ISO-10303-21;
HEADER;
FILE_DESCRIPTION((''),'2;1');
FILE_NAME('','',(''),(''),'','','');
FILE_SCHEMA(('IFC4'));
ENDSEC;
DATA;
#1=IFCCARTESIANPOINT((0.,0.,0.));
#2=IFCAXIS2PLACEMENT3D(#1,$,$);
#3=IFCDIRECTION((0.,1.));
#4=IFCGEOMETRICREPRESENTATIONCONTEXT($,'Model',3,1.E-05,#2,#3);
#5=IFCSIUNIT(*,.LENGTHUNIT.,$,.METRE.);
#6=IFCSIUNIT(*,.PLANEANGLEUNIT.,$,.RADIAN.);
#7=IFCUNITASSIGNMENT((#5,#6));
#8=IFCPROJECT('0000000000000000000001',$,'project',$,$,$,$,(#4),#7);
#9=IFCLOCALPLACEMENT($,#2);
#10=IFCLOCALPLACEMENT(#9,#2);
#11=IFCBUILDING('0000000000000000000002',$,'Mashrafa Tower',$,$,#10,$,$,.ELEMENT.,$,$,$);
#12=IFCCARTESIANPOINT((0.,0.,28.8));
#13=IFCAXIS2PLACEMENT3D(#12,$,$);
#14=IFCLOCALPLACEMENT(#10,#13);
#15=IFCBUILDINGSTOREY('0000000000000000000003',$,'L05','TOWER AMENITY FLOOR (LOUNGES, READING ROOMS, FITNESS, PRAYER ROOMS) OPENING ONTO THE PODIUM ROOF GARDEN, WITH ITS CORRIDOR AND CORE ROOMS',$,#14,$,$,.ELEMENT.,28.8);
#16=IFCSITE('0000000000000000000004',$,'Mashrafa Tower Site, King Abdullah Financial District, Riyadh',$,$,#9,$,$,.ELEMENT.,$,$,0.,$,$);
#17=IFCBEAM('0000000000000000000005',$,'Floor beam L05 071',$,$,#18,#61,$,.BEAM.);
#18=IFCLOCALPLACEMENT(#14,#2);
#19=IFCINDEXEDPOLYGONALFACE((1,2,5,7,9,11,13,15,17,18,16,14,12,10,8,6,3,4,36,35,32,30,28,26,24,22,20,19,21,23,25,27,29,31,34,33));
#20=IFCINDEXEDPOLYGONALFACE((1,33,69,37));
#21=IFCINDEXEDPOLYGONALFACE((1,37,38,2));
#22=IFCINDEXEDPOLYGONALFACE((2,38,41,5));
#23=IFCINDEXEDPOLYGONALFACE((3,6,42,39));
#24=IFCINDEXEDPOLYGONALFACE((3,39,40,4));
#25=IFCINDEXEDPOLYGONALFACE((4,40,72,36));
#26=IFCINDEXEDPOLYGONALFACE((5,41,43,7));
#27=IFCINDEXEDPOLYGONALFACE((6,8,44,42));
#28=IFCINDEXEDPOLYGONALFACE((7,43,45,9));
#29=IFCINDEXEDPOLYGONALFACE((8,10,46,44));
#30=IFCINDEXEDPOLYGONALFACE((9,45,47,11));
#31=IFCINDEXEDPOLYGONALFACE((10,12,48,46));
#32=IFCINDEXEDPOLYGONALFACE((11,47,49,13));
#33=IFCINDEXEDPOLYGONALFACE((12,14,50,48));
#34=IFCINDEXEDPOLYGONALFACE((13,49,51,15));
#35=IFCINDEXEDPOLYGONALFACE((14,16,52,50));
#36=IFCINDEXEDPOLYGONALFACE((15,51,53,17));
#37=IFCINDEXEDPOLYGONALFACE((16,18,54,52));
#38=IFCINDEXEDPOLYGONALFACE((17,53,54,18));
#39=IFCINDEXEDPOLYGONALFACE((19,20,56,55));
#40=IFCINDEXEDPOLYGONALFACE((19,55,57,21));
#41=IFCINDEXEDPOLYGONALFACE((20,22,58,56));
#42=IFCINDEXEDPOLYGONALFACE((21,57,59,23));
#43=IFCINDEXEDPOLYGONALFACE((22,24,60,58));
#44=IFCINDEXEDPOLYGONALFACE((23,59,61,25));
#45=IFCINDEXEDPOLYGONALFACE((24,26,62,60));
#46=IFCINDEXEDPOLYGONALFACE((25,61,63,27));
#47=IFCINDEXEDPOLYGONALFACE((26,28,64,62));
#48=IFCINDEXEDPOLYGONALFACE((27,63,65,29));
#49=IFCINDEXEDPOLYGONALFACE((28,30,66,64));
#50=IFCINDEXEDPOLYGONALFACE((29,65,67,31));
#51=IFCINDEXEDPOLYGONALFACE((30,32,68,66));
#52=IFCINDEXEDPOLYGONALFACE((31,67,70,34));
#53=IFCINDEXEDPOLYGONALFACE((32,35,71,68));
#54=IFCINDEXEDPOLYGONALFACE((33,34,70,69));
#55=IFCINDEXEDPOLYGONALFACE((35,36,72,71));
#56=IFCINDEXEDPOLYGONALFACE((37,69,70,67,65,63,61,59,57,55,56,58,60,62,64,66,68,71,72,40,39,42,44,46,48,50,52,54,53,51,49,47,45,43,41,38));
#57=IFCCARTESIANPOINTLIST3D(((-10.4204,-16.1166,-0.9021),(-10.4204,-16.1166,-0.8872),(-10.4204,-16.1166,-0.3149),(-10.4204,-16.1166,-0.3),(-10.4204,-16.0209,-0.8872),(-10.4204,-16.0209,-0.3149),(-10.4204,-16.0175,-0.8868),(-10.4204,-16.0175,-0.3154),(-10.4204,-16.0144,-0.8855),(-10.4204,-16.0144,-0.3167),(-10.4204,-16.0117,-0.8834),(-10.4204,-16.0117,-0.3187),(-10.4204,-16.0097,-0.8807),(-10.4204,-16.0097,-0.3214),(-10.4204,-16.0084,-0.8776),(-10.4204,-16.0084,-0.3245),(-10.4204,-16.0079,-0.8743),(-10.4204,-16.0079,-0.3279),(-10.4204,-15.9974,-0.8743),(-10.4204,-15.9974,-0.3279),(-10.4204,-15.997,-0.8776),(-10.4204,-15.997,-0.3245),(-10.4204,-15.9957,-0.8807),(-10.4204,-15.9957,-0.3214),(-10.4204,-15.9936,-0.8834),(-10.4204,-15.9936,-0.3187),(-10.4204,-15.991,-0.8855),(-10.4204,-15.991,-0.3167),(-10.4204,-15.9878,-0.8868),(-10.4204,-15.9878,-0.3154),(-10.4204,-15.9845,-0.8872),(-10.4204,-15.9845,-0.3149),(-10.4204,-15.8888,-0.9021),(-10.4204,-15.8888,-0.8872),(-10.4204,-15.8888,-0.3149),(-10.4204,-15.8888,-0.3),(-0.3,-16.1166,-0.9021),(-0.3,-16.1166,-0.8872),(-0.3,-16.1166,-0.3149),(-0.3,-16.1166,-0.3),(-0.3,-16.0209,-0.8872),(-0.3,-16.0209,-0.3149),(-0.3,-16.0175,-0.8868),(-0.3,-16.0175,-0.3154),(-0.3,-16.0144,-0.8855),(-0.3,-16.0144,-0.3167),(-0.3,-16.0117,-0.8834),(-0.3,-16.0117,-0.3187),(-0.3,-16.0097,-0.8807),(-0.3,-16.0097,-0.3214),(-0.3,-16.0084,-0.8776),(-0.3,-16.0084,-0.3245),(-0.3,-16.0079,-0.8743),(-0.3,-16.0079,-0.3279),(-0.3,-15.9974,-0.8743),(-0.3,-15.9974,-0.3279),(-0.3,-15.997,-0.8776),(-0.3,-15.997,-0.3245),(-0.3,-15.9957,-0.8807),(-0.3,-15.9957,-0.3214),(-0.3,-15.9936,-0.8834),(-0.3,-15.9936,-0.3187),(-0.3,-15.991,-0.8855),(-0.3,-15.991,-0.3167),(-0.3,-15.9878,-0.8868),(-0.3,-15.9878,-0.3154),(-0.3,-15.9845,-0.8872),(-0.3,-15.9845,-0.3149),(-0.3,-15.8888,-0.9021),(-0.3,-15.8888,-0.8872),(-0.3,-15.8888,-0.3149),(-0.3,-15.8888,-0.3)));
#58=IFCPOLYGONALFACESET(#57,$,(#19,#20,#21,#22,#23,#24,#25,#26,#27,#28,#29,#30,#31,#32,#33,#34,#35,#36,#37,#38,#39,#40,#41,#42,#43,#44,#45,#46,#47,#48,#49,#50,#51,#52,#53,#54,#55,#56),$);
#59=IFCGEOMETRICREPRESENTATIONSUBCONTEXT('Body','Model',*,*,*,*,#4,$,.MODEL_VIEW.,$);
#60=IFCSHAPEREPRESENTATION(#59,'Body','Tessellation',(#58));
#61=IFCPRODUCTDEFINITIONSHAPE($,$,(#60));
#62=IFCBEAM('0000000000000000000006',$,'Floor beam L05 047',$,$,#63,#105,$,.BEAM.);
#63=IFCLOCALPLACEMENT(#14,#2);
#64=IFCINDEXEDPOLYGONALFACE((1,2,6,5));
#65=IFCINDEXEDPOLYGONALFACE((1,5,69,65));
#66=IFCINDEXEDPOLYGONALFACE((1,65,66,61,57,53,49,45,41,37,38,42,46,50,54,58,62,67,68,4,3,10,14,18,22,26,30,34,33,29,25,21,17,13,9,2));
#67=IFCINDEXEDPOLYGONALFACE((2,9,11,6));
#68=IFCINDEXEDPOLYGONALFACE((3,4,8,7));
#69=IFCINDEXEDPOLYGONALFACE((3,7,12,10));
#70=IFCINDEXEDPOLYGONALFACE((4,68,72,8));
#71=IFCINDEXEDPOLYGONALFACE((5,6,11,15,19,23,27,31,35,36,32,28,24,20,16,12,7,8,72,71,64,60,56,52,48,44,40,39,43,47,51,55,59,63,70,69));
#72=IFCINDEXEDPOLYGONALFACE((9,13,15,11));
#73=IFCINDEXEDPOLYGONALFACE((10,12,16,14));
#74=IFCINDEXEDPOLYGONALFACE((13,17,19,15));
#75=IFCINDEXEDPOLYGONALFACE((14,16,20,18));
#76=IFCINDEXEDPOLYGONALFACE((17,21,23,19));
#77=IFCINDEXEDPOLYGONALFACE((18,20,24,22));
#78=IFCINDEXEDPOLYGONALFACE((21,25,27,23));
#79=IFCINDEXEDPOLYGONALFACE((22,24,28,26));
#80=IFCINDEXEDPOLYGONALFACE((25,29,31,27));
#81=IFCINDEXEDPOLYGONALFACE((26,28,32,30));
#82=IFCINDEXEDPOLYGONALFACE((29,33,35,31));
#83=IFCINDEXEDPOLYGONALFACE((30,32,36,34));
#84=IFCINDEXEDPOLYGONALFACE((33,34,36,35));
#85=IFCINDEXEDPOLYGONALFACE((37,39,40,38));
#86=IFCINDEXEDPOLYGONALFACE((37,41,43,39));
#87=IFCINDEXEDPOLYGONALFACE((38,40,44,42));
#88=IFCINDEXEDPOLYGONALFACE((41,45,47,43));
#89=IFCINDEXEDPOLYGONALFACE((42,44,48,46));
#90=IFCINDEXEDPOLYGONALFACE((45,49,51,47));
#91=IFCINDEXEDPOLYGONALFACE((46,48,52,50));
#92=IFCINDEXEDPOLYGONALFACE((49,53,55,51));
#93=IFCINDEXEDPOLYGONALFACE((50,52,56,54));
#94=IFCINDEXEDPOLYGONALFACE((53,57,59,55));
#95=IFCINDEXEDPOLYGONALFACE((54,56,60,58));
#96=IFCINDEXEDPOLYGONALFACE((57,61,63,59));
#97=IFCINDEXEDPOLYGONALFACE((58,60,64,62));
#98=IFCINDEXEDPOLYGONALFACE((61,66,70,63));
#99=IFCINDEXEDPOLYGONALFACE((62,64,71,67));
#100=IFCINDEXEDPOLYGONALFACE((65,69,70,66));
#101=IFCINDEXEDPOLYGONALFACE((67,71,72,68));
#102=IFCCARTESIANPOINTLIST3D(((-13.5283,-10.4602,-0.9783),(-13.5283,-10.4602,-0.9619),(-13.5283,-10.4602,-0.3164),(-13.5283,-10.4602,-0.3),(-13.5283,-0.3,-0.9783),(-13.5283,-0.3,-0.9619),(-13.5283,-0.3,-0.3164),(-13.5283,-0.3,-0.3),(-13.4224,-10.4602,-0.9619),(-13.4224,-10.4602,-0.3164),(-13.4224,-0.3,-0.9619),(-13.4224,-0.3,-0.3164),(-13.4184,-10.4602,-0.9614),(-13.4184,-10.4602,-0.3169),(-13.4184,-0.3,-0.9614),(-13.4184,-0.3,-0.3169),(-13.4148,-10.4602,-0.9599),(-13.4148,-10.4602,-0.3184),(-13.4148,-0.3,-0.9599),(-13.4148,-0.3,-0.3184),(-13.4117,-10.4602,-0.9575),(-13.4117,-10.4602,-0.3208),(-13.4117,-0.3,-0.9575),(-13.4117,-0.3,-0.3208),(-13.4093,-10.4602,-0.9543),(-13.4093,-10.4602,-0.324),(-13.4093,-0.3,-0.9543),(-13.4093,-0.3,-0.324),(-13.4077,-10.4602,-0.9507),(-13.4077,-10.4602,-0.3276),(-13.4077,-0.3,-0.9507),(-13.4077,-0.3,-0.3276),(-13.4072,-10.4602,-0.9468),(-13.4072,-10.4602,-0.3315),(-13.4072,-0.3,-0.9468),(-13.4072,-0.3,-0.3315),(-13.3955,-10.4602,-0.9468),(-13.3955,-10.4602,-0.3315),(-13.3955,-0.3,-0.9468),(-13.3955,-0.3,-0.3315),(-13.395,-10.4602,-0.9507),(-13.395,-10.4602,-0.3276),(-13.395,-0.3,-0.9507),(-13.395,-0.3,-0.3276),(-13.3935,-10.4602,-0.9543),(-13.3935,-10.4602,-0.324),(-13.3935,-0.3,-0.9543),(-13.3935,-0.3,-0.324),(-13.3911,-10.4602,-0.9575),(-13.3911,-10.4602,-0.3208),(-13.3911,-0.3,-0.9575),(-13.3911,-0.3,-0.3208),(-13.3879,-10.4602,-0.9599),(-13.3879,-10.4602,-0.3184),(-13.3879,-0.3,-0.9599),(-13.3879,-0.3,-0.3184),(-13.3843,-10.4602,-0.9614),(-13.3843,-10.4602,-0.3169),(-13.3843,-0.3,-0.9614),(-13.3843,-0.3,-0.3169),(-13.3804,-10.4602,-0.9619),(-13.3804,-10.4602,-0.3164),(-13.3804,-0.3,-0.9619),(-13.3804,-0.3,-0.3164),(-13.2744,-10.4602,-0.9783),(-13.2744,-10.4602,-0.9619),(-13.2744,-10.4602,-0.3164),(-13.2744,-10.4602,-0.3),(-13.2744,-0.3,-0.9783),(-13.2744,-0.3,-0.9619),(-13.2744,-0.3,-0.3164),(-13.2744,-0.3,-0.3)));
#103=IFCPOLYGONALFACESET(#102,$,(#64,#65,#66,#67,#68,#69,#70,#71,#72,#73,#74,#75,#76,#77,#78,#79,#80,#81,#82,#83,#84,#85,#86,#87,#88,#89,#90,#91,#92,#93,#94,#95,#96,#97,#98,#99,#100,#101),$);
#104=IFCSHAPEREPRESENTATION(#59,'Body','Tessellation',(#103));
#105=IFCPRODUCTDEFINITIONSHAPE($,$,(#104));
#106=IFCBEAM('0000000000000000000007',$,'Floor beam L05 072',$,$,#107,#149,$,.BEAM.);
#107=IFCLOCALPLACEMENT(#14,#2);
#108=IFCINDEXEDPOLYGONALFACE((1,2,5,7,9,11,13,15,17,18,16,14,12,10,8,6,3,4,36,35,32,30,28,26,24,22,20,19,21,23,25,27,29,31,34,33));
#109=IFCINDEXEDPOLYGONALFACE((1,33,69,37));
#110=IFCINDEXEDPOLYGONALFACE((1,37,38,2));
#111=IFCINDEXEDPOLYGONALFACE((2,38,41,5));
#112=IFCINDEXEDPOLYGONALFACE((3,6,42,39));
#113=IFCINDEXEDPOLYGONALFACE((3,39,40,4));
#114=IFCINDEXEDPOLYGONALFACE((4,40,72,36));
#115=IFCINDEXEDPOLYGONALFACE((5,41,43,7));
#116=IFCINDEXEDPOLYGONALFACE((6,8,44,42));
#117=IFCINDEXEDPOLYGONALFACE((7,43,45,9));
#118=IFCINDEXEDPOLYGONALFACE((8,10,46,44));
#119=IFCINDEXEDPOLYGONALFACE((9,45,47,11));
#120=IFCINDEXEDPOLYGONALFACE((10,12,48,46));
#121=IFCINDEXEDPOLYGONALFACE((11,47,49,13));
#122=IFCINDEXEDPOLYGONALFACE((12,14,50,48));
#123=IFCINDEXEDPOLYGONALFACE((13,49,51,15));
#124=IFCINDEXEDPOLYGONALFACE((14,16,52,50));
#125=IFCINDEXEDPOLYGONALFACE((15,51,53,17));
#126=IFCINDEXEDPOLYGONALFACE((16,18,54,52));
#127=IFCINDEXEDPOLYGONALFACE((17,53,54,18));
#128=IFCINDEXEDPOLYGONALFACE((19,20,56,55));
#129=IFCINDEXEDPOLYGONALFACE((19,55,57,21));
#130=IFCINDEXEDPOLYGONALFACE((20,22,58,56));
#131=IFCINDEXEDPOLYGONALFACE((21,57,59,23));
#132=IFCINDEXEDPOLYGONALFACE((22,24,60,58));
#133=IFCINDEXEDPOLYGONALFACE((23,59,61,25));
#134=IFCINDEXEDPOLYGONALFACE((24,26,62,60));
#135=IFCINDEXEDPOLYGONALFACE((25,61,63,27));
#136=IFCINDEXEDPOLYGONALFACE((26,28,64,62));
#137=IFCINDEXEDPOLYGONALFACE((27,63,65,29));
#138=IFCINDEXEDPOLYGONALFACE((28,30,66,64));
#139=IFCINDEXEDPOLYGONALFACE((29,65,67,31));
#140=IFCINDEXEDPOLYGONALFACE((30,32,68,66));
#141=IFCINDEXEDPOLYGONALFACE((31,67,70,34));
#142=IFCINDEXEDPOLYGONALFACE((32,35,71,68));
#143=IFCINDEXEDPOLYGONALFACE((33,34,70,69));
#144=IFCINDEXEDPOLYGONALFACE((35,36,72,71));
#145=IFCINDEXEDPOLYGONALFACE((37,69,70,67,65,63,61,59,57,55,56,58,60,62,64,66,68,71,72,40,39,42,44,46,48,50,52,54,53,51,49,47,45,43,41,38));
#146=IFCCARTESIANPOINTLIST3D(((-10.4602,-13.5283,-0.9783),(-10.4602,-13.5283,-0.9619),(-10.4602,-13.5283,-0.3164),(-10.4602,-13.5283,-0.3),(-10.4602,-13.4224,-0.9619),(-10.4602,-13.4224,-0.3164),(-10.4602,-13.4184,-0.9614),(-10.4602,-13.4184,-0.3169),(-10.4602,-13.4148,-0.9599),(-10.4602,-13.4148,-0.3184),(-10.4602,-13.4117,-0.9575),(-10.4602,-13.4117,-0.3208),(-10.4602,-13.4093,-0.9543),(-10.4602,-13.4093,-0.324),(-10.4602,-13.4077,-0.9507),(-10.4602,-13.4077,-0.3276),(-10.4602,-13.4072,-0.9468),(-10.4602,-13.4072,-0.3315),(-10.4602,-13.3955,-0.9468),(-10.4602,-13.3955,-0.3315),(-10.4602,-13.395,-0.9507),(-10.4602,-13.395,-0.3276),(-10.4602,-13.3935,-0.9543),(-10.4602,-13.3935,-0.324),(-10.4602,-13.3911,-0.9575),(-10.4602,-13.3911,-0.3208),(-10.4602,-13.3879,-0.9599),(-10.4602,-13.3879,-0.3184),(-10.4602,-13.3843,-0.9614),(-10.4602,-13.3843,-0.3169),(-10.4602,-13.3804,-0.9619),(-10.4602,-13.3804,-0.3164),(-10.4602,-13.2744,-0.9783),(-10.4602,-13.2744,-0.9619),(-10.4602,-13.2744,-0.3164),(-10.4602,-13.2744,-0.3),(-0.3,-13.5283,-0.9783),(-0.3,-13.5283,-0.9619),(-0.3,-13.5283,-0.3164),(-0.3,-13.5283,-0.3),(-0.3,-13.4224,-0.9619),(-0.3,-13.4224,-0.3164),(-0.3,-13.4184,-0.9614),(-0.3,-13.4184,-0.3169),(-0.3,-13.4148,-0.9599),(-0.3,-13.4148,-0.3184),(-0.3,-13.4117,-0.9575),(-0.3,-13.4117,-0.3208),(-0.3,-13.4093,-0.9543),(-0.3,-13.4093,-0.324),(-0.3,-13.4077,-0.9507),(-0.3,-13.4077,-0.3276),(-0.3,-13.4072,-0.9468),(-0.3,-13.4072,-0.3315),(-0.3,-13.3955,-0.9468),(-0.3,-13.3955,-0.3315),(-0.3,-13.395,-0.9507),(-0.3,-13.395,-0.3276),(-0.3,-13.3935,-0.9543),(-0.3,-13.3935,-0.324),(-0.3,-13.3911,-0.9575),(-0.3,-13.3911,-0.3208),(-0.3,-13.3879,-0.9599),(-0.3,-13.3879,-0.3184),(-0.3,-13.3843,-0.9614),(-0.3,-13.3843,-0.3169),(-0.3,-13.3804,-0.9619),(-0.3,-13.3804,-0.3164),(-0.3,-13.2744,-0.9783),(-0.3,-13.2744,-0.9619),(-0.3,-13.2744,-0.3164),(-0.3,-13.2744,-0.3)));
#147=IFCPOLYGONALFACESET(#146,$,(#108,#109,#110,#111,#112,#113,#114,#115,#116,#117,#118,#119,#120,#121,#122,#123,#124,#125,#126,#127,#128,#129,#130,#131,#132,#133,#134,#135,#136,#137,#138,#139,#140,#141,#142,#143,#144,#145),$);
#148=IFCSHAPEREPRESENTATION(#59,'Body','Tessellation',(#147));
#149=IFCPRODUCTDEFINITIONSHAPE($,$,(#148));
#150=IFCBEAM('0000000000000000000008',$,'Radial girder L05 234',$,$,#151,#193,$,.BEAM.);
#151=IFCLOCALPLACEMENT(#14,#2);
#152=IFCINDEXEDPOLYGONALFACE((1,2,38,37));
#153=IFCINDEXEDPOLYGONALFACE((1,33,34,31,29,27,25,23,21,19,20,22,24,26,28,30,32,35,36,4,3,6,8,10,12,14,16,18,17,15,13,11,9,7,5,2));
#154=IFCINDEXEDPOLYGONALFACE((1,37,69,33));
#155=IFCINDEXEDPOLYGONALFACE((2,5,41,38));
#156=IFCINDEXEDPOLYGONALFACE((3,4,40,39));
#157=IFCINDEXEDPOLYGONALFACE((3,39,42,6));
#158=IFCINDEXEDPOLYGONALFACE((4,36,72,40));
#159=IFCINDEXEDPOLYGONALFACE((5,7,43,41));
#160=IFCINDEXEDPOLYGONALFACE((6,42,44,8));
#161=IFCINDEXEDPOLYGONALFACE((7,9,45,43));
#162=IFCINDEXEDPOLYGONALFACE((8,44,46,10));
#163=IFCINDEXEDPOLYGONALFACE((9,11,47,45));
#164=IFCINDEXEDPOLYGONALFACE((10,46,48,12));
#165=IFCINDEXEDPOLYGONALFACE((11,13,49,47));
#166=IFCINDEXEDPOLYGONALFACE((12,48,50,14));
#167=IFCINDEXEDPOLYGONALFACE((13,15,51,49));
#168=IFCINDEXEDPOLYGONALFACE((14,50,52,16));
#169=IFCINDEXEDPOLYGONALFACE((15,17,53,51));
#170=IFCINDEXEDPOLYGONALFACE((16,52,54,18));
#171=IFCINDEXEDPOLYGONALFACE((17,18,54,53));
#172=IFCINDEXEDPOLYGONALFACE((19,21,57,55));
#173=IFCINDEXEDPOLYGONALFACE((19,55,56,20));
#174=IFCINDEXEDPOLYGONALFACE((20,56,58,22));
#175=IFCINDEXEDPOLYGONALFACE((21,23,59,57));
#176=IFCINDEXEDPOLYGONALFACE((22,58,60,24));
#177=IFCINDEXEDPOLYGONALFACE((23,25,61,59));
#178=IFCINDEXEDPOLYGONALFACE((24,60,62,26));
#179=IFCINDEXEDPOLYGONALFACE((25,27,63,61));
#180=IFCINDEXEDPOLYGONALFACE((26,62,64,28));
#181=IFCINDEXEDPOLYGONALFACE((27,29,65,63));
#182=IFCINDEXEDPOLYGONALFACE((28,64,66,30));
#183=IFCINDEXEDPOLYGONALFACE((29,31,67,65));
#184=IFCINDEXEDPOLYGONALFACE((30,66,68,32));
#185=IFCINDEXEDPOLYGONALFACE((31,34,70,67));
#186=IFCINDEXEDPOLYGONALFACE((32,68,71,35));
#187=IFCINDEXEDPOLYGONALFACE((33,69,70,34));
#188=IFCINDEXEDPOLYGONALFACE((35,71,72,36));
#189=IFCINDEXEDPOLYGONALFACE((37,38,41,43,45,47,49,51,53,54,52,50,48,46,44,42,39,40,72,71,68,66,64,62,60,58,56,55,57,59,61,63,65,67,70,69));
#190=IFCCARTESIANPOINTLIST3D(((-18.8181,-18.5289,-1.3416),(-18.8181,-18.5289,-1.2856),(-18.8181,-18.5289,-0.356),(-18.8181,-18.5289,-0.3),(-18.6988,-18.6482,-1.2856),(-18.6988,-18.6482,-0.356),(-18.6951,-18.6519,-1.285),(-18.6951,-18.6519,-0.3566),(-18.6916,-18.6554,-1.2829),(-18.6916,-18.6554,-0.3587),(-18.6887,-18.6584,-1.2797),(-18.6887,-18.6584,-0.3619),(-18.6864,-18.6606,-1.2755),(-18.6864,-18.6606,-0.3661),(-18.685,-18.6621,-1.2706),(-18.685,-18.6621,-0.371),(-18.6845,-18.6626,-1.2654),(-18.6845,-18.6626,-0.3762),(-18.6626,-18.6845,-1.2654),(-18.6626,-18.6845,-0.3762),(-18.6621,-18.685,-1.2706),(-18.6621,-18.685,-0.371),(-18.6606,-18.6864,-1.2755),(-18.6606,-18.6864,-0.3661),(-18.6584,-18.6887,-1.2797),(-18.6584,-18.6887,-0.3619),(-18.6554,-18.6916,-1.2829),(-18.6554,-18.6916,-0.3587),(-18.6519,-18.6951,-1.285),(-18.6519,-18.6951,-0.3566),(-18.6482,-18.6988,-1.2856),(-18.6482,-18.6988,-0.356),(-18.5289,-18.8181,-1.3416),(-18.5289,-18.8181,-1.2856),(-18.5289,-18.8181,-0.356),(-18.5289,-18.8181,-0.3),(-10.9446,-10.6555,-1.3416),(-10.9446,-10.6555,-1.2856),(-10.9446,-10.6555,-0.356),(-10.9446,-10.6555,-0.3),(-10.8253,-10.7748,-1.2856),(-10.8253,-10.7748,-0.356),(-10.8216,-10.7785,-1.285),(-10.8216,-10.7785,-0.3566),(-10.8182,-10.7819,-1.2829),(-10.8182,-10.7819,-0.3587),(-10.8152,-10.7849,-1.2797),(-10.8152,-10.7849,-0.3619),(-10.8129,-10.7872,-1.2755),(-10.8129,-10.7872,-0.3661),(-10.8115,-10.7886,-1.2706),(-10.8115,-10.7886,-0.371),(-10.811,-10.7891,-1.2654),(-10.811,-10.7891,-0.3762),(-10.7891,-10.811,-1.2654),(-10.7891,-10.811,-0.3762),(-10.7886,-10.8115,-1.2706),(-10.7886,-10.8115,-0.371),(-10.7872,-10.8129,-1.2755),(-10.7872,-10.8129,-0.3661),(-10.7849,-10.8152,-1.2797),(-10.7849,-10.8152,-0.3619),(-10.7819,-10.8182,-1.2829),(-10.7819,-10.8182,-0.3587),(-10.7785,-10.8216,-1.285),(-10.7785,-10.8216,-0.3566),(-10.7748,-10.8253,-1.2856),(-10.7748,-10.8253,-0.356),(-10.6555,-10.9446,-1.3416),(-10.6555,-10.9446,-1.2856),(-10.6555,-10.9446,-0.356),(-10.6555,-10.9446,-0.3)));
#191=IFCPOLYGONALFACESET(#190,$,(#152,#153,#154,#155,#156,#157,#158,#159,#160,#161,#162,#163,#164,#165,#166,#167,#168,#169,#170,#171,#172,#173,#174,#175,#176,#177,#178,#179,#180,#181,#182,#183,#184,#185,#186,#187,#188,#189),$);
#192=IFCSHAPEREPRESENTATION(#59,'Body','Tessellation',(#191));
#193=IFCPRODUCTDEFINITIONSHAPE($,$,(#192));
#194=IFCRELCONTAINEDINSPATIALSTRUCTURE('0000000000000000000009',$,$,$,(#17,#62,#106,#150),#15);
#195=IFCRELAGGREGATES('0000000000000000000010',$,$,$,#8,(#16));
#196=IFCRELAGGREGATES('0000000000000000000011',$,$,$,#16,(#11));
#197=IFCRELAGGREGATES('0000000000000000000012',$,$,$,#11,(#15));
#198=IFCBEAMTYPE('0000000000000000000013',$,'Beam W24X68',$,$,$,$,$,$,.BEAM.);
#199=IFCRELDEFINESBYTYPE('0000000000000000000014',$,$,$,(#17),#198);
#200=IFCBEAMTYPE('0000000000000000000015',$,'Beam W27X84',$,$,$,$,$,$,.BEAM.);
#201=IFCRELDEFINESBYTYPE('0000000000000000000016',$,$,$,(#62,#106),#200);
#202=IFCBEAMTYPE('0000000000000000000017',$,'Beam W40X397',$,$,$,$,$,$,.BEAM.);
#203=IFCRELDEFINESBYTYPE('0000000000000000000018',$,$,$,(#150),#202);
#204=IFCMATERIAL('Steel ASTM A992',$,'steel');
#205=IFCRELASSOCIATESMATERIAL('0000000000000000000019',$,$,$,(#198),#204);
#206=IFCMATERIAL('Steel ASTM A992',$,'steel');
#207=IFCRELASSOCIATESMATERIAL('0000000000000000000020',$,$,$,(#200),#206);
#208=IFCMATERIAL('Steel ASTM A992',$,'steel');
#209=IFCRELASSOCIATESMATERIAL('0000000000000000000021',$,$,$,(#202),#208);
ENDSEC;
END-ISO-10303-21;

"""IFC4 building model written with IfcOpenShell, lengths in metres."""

from ifc_helpers import new_model, si_unit, direction, frame, origin, origin_2d, place, context, subcontext, project, spatial, i_section, extrude, material, material_profile, profile_set, type_object, element, save


model = new_model("IFC4")

# Units and contexts
model_context = context("Model", 3, precision=1e-05, world=origin(), true_north=direction((0.0, 1.0)))
body_context = subcontext(model_context, "Body", "Model", "MODEL_VIEW")
ifc_project = project(units=[si_unit("LENGTHUNIT", "METRE"), si_unit("PLANEANGLEUNIT", "RADIAN")], contexts=[model_context])

# Site, building, storey
site_placement = place(None, origin())
site = spatial("IfcSite", under=ifc_project, at=site_placement, Name="Mashrafa Tower Site, King Abdullah Financial District, Riyadh", CompositionType="ELEMENT", RefElevation=0.0)
building_placement = place(site_placement, origin())
building = spatial("IfcBuilding", under=site, at=building_placement, Name="Mashrafa Tower", CompositionType="ELEMENT")
storey_placement = place(building_placement, frame((0.0, 0.0, 28.8)))
storey = spatial("IfcBuildingStorey", under=building, at=storey_placement, Name="L05", Description="TOWER AMENITY FLOOR (LOUNGES, READING ROOMS, FITNESS, PRAYER ROOMS) OPENING ONTO THE PODIUM ROOF GARDEN, WITH ITS CORRIDOR AND CORE ROOMS", CompositionType="ELEMENT", Elevation=28.8)

# Beams
ifc_material_1 = material(Name="Steel ASTM A992", Category="steel")
ifc_material_profile_1 = material_profile(ifc_material_1, i_section(OverallWidth=0.2278, OverallDepth=0.6021, WebThickness=0.0105, FlangeThickness=0.0149, FilletRadius=0.0129, at=origin_2d()), Name="W24X68")
ifc_profile_set_1 = profile_set([ifc_material_profile_1], Name="Steel ASTM A992")
beam_type_1 = type_object("IfcBeamType", Name="Beam W24X68", PredefinedType="BEAM", material=ifc_profile_set_1)
beam_1_placement = place(storey_placement, frame((-0.3, -16.0027, -0.6011), z_axis=(-1.0, 0.0, 0.0), x_axis=(0.0, -1.0, 0.0)))
element("IfcBeam", 1, at=beam_1_placement, inside=storey, type_object=beam_type_1, Name="Floor beam L05 071", PredefinedType="BEAM", context=body_context, shape_type="SweptSolid", body=[
    extrude(i_section(OverallWidth=0.2278, OverallDepth=0.6021, WebThickness=0.0105, FlangeThickness=0.0149, FilletRadius=0.0129, at=origin_2d()), origin(), (0.0, 0.0, 1.0), 10.1204),
])
ifc_material_2 = material(Name="Steel ASTM A992", Category="steel")
ifc_material_profile_2 = material_profile(ifc_material_2, i_section(OverallWidth=0.2539, OverallDepth=0.6782, WebThickness=0.0117, FlangeThickness=0.0164, FilletRadius=0.0151, at=origin_2d()), Name="W27X84")
ifc_profile_set_2 = profile_set([ifc_material_profile_2], Name="Steel ASTM A992")
beam_type_2 = type_object("IfcBeamType", Name="Beam W27X84", PredefinedType="BEAM", material=ifc_profile_set_2)
for number, where, z_axis, x_axis, name in (
    (2, (-13.4014, -10.4602, -0.6392), (0.0, 1.0, 0.0), (-1.0, 0.0, 0.0), "Floor beam L05 047"),
    (3, (-0.3, -13.4014, -0.6392), (-1.0, 0.0, 0.0), (0.0, -1.0, 0.0), "Floor beam L05 072"),
):
    element("IfcBeam", number, at=place(storey_placement, frame(where, z_axis=z_axis, x_axis=x_axis)), inside=storey, type_object=beam_type_2, Name=name, PredefinedType="BEAM", context=body_context, shape_type="SweptSolid", body=[
        extrude(i_section(OverallWidth=0.2539, OverallDepth=0.6782, WebThickness=0.0117, FlangeThickness=0.0164, FilletRadius=0.0151, at=origin_2d()), origin(), (0.0, 0.0, 1.0), 10.1602),
    ])
ifc_material_3 = material(Name="Steel ASTM A992", Category="steel")
ifc_material_profile_3 = material_profile(ifc_material_3, i_section(OverallWidth=0.4089, OverallDepth=1.0415, WebThickness=0.031, FlangeThickness=0.0559, FilletRadius=0.0203, at=origin_2d()), Name="W40X397")
ifc_profile_set_3 = profile_set([ifc_material_profile_3], Name="Steel ASTM A992")
beam_type_3 = type_object("IfcBeamType", Name="Beam W40X397", PredefinedType="BEAM", material=ifc_profile_set_3)
beam_2_placement = place(storey_placement, frame((-10.8, -10.8, -0.8208), z_axis=(-0.707107, -0.707107, 0.0), x_axis=(0.707107, -0.707107, 0.0)))
element("IfcBeam", 4, at=beam_2_placement, inside=storey, type_object=beam_type_3, Name="Radial girder L05 234", PredefinedType="BEAM", context=body_context, shape_type="SweptSolid", body=[
    extrude(i_section(OverallWidth=0.4089, OverallDepth=1.0415, WebThickness=0.031, FlangeThickness=0.0559, FilletRadius=0.0203, at=origin_2d()), origin(), (0.0, 0.0, 1.0), 11.1348),
])

save(model, "model.ifc")
